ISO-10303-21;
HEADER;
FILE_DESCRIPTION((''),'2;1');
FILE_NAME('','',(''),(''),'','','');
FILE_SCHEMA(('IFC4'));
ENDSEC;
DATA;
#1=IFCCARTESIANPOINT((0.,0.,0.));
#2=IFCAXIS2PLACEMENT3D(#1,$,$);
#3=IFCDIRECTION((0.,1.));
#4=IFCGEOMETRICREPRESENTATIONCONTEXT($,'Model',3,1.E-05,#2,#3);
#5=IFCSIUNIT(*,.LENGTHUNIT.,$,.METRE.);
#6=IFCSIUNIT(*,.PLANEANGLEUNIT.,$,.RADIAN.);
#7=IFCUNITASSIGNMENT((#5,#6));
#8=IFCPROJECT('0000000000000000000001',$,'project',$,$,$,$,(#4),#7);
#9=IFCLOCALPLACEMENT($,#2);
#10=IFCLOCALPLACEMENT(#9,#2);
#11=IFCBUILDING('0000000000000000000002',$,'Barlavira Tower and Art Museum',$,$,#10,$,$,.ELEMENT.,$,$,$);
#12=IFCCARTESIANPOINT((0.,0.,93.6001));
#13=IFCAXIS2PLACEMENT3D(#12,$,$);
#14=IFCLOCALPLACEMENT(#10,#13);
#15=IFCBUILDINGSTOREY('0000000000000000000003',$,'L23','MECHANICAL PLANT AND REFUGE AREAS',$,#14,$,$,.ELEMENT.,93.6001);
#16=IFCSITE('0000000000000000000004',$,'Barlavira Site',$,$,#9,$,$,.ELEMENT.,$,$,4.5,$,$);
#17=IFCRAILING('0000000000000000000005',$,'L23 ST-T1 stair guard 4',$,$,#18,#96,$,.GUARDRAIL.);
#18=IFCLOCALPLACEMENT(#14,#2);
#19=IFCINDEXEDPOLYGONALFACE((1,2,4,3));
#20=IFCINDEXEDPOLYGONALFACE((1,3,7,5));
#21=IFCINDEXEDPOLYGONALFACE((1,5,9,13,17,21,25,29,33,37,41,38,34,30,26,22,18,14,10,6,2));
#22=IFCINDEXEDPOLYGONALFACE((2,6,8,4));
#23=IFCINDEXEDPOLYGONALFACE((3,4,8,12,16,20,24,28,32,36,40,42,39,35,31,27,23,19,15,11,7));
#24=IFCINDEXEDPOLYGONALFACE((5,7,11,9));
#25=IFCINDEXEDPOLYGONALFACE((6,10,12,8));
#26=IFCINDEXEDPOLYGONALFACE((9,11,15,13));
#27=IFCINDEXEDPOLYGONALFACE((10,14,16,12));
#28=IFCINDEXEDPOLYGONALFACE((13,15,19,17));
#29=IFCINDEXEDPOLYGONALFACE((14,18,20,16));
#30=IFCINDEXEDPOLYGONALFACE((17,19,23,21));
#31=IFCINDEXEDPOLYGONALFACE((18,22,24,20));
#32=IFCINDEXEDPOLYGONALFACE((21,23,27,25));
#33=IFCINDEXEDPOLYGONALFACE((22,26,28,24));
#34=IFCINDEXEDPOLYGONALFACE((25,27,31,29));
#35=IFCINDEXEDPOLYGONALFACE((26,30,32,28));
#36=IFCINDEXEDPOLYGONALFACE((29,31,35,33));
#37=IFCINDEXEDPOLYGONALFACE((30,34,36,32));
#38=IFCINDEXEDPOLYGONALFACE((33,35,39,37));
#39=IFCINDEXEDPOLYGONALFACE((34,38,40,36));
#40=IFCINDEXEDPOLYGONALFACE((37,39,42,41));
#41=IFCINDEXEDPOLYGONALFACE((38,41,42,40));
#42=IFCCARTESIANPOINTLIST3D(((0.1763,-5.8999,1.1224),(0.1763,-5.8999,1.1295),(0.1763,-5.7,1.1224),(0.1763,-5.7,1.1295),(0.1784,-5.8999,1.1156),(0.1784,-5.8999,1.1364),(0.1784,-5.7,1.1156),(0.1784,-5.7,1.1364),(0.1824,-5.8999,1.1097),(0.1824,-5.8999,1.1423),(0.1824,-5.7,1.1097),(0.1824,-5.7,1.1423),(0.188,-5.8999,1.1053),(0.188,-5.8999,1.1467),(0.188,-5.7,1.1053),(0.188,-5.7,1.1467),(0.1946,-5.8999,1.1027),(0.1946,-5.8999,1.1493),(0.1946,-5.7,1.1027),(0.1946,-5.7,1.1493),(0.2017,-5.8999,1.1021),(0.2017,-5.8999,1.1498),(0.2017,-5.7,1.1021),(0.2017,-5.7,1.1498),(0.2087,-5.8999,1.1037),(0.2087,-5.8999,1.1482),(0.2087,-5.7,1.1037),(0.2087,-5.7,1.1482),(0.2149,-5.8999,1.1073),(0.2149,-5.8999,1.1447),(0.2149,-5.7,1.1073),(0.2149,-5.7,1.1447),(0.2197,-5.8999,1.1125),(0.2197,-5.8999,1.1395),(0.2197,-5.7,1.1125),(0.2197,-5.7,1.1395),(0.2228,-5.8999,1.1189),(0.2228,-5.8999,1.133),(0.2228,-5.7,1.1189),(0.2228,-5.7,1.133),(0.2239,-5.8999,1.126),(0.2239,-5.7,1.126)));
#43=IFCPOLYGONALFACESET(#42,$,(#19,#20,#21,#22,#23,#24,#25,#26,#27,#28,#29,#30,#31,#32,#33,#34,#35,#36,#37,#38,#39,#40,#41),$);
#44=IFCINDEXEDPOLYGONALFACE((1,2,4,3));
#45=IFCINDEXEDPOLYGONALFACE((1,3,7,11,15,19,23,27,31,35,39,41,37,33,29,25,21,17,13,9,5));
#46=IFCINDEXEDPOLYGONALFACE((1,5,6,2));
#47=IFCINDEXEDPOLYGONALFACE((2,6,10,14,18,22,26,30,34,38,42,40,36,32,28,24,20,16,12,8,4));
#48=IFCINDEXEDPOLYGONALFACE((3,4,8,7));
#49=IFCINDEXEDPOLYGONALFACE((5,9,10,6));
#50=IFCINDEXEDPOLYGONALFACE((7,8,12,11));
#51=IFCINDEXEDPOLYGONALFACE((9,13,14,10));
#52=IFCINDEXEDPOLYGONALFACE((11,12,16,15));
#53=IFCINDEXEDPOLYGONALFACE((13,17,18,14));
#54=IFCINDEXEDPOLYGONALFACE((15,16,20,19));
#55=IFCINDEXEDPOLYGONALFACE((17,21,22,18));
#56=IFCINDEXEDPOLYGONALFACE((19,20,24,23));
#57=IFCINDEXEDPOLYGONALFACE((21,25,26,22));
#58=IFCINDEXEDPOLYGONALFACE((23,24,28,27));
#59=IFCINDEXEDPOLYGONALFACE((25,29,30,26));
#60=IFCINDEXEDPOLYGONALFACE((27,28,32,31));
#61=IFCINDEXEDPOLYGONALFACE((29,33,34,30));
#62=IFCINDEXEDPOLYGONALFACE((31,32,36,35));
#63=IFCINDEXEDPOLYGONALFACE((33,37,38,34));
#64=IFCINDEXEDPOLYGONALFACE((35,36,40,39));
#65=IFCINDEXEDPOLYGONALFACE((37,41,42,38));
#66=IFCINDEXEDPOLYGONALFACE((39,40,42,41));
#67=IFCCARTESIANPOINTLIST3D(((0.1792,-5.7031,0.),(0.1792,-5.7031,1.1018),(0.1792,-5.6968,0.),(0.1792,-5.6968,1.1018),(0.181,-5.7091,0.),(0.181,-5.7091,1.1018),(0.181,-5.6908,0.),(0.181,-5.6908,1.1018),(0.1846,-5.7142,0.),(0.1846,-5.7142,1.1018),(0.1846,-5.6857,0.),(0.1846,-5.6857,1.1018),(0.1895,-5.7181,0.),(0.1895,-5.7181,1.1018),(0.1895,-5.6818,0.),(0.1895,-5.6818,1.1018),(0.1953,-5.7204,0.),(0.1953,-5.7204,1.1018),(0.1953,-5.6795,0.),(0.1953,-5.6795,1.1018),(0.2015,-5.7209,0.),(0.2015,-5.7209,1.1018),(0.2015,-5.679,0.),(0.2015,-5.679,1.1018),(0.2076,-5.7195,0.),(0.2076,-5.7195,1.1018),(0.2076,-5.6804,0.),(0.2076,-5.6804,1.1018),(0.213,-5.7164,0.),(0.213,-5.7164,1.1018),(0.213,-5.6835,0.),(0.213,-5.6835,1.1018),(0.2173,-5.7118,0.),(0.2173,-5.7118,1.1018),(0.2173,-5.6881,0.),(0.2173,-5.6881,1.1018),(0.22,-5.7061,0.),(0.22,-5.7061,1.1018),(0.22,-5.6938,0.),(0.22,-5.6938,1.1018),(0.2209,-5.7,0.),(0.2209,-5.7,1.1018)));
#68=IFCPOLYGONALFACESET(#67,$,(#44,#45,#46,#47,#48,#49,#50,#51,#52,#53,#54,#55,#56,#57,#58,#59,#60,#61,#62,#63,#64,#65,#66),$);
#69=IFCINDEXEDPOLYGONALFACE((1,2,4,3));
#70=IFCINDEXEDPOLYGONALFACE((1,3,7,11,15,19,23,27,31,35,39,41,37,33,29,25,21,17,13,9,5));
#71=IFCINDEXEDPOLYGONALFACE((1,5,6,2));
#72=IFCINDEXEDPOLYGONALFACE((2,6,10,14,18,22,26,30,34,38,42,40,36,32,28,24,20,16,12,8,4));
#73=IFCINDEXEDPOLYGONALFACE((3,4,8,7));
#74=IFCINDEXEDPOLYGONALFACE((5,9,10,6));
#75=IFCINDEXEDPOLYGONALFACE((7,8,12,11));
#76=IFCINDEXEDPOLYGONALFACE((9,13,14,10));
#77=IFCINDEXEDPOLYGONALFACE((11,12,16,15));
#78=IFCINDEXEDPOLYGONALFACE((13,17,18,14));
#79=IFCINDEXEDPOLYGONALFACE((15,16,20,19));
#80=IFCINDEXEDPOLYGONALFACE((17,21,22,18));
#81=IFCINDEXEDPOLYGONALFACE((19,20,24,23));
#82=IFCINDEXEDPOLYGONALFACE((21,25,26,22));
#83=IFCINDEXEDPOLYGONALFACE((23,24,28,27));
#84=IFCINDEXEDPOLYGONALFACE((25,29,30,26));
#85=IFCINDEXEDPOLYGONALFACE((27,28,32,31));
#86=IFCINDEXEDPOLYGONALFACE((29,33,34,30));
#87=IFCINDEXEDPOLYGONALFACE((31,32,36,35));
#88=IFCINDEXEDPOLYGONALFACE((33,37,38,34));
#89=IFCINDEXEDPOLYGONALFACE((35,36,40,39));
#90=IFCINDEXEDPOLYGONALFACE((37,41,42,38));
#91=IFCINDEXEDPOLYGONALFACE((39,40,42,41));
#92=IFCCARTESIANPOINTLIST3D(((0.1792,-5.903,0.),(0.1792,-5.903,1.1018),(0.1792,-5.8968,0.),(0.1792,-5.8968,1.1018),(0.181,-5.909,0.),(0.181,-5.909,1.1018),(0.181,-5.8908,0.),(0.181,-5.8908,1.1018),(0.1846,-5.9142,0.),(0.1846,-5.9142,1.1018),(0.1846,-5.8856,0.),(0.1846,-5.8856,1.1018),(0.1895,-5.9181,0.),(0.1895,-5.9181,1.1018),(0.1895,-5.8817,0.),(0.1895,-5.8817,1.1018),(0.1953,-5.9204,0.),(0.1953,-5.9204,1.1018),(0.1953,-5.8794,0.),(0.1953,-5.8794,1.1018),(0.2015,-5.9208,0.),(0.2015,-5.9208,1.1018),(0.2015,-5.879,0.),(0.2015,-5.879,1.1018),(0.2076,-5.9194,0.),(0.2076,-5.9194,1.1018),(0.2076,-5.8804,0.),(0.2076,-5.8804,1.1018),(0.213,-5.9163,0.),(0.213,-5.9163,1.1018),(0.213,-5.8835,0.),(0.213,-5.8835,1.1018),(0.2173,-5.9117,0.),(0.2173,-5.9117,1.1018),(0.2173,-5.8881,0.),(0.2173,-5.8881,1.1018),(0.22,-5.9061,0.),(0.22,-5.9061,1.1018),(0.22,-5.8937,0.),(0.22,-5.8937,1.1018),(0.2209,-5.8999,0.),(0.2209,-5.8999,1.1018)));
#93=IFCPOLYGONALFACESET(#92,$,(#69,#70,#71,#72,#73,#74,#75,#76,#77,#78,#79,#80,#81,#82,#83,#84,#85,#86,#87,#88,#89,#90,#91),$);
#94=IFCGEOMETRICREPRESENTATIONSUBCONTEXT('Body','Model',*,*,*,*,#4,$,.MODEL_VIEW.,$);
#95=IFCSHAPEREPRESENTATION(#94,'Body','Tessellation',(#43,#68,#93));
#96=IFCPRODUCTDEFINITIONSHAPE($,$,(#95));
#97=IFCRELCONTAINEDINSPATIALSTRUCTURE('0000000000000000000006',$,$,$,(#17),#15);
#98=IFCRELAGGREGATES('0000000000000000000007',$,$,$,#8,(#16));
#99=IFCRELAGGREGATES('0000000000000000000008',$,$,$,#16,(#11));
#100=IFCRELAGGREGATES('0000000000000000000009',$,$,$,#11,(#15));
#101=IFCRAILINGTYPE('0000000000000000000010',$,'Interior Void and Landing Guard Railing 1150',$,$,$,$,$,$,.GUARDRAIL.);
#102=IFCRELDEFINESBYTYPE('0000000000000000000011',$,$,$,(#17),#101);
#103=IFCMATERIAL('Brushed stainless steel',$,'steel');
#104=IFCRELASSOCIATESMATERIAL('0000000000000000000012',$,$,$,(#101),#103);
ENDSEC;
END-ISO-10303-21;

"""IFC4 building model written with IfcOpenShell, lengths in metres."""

from ifc_helpers import new_model, si_unit, direction, frame, origin, origin_2d, place, context, subcontext, project, spatial, circle, extrude, material, type_object, element, save


model = new_model("IFC4")

# Units and contexts
model_context = context("Model", 3, precision=1e-05, world=origin(), true_north=direction((0.0, 1.0)))
body_context = subcontext(model_context, "Body", "Model", "MODEL_VIEW")
ifc_project = project(units=[si_unit("LENGTHUNIT", "METRE"), si_unit("PLANEANGLEUNIT", "RADIAN")], contexts=[model_context])

# Site, building, storey
site_placement = place(None, origin())
site = spatial("IfcSite", under=ifc_project, at=site_placement, Name="Barlavira Site", CompositionType="ELEMENT", RefElevation=4.5)
building_placement = place(site_placement, origin())
building = spatial("IfcBuilding", under=site, at=building_placement, Name="Barlavira Tower and Art Museum", CompositionType="ELEMENT")
storey_placement = place(building_placement, frame((0.0, 0.0, 93.6001)))
storey = spatial("IfcBuildingStorey", under=building, at=storey_placement, Name="L23", Description="MECHANICAL PLANT AND REFUGE AREAS", CompositionType="ELEMENT", Elevation=93.6001)

# Shared definitions
ifc_material_1 = material(Name="Brushed stainless steel", Category="steel")

# Railing
railing_type_1 = type_object("IfcRailingType", Name="Interior Void and Landing Guard Railing 1150", PredefinedType="GUARDRAIL", material=ifc_material_1)
railing_1_placement = place(storey_placement, frame((0.2, -5.7, 0.0)))
element("IfcRailing", 1, at=railing_1_placement, inside=storey, type_object=railing_type_1, Name="L23 ST-T1 stair guard 4", PredefinedType="GUARDRAIL", context=body_context, shape_type="SweptSolid", body=[
    extrude(circle(Radius=0.0239, at=origin_2d()), frame((0.0, 0.0, 1.126), z_axis=(0.0, -1.0, 0.0), x_axis=(1.0, 0.0, 0.0)), (0.0, 0.0, 1.0), 0.2),
    extrude(circle(Radius=0.021, at=origin_2d()), origin(), (0.0, 0.0, 1.0), 1.1018),
    extrude(circle(Radius=0.021, at=origin_2d()), frame((0.0, -0.2, 0.0)), (0.0, 0.0, 1.0), 1.1018),
])

save(model, "model.ifc")
